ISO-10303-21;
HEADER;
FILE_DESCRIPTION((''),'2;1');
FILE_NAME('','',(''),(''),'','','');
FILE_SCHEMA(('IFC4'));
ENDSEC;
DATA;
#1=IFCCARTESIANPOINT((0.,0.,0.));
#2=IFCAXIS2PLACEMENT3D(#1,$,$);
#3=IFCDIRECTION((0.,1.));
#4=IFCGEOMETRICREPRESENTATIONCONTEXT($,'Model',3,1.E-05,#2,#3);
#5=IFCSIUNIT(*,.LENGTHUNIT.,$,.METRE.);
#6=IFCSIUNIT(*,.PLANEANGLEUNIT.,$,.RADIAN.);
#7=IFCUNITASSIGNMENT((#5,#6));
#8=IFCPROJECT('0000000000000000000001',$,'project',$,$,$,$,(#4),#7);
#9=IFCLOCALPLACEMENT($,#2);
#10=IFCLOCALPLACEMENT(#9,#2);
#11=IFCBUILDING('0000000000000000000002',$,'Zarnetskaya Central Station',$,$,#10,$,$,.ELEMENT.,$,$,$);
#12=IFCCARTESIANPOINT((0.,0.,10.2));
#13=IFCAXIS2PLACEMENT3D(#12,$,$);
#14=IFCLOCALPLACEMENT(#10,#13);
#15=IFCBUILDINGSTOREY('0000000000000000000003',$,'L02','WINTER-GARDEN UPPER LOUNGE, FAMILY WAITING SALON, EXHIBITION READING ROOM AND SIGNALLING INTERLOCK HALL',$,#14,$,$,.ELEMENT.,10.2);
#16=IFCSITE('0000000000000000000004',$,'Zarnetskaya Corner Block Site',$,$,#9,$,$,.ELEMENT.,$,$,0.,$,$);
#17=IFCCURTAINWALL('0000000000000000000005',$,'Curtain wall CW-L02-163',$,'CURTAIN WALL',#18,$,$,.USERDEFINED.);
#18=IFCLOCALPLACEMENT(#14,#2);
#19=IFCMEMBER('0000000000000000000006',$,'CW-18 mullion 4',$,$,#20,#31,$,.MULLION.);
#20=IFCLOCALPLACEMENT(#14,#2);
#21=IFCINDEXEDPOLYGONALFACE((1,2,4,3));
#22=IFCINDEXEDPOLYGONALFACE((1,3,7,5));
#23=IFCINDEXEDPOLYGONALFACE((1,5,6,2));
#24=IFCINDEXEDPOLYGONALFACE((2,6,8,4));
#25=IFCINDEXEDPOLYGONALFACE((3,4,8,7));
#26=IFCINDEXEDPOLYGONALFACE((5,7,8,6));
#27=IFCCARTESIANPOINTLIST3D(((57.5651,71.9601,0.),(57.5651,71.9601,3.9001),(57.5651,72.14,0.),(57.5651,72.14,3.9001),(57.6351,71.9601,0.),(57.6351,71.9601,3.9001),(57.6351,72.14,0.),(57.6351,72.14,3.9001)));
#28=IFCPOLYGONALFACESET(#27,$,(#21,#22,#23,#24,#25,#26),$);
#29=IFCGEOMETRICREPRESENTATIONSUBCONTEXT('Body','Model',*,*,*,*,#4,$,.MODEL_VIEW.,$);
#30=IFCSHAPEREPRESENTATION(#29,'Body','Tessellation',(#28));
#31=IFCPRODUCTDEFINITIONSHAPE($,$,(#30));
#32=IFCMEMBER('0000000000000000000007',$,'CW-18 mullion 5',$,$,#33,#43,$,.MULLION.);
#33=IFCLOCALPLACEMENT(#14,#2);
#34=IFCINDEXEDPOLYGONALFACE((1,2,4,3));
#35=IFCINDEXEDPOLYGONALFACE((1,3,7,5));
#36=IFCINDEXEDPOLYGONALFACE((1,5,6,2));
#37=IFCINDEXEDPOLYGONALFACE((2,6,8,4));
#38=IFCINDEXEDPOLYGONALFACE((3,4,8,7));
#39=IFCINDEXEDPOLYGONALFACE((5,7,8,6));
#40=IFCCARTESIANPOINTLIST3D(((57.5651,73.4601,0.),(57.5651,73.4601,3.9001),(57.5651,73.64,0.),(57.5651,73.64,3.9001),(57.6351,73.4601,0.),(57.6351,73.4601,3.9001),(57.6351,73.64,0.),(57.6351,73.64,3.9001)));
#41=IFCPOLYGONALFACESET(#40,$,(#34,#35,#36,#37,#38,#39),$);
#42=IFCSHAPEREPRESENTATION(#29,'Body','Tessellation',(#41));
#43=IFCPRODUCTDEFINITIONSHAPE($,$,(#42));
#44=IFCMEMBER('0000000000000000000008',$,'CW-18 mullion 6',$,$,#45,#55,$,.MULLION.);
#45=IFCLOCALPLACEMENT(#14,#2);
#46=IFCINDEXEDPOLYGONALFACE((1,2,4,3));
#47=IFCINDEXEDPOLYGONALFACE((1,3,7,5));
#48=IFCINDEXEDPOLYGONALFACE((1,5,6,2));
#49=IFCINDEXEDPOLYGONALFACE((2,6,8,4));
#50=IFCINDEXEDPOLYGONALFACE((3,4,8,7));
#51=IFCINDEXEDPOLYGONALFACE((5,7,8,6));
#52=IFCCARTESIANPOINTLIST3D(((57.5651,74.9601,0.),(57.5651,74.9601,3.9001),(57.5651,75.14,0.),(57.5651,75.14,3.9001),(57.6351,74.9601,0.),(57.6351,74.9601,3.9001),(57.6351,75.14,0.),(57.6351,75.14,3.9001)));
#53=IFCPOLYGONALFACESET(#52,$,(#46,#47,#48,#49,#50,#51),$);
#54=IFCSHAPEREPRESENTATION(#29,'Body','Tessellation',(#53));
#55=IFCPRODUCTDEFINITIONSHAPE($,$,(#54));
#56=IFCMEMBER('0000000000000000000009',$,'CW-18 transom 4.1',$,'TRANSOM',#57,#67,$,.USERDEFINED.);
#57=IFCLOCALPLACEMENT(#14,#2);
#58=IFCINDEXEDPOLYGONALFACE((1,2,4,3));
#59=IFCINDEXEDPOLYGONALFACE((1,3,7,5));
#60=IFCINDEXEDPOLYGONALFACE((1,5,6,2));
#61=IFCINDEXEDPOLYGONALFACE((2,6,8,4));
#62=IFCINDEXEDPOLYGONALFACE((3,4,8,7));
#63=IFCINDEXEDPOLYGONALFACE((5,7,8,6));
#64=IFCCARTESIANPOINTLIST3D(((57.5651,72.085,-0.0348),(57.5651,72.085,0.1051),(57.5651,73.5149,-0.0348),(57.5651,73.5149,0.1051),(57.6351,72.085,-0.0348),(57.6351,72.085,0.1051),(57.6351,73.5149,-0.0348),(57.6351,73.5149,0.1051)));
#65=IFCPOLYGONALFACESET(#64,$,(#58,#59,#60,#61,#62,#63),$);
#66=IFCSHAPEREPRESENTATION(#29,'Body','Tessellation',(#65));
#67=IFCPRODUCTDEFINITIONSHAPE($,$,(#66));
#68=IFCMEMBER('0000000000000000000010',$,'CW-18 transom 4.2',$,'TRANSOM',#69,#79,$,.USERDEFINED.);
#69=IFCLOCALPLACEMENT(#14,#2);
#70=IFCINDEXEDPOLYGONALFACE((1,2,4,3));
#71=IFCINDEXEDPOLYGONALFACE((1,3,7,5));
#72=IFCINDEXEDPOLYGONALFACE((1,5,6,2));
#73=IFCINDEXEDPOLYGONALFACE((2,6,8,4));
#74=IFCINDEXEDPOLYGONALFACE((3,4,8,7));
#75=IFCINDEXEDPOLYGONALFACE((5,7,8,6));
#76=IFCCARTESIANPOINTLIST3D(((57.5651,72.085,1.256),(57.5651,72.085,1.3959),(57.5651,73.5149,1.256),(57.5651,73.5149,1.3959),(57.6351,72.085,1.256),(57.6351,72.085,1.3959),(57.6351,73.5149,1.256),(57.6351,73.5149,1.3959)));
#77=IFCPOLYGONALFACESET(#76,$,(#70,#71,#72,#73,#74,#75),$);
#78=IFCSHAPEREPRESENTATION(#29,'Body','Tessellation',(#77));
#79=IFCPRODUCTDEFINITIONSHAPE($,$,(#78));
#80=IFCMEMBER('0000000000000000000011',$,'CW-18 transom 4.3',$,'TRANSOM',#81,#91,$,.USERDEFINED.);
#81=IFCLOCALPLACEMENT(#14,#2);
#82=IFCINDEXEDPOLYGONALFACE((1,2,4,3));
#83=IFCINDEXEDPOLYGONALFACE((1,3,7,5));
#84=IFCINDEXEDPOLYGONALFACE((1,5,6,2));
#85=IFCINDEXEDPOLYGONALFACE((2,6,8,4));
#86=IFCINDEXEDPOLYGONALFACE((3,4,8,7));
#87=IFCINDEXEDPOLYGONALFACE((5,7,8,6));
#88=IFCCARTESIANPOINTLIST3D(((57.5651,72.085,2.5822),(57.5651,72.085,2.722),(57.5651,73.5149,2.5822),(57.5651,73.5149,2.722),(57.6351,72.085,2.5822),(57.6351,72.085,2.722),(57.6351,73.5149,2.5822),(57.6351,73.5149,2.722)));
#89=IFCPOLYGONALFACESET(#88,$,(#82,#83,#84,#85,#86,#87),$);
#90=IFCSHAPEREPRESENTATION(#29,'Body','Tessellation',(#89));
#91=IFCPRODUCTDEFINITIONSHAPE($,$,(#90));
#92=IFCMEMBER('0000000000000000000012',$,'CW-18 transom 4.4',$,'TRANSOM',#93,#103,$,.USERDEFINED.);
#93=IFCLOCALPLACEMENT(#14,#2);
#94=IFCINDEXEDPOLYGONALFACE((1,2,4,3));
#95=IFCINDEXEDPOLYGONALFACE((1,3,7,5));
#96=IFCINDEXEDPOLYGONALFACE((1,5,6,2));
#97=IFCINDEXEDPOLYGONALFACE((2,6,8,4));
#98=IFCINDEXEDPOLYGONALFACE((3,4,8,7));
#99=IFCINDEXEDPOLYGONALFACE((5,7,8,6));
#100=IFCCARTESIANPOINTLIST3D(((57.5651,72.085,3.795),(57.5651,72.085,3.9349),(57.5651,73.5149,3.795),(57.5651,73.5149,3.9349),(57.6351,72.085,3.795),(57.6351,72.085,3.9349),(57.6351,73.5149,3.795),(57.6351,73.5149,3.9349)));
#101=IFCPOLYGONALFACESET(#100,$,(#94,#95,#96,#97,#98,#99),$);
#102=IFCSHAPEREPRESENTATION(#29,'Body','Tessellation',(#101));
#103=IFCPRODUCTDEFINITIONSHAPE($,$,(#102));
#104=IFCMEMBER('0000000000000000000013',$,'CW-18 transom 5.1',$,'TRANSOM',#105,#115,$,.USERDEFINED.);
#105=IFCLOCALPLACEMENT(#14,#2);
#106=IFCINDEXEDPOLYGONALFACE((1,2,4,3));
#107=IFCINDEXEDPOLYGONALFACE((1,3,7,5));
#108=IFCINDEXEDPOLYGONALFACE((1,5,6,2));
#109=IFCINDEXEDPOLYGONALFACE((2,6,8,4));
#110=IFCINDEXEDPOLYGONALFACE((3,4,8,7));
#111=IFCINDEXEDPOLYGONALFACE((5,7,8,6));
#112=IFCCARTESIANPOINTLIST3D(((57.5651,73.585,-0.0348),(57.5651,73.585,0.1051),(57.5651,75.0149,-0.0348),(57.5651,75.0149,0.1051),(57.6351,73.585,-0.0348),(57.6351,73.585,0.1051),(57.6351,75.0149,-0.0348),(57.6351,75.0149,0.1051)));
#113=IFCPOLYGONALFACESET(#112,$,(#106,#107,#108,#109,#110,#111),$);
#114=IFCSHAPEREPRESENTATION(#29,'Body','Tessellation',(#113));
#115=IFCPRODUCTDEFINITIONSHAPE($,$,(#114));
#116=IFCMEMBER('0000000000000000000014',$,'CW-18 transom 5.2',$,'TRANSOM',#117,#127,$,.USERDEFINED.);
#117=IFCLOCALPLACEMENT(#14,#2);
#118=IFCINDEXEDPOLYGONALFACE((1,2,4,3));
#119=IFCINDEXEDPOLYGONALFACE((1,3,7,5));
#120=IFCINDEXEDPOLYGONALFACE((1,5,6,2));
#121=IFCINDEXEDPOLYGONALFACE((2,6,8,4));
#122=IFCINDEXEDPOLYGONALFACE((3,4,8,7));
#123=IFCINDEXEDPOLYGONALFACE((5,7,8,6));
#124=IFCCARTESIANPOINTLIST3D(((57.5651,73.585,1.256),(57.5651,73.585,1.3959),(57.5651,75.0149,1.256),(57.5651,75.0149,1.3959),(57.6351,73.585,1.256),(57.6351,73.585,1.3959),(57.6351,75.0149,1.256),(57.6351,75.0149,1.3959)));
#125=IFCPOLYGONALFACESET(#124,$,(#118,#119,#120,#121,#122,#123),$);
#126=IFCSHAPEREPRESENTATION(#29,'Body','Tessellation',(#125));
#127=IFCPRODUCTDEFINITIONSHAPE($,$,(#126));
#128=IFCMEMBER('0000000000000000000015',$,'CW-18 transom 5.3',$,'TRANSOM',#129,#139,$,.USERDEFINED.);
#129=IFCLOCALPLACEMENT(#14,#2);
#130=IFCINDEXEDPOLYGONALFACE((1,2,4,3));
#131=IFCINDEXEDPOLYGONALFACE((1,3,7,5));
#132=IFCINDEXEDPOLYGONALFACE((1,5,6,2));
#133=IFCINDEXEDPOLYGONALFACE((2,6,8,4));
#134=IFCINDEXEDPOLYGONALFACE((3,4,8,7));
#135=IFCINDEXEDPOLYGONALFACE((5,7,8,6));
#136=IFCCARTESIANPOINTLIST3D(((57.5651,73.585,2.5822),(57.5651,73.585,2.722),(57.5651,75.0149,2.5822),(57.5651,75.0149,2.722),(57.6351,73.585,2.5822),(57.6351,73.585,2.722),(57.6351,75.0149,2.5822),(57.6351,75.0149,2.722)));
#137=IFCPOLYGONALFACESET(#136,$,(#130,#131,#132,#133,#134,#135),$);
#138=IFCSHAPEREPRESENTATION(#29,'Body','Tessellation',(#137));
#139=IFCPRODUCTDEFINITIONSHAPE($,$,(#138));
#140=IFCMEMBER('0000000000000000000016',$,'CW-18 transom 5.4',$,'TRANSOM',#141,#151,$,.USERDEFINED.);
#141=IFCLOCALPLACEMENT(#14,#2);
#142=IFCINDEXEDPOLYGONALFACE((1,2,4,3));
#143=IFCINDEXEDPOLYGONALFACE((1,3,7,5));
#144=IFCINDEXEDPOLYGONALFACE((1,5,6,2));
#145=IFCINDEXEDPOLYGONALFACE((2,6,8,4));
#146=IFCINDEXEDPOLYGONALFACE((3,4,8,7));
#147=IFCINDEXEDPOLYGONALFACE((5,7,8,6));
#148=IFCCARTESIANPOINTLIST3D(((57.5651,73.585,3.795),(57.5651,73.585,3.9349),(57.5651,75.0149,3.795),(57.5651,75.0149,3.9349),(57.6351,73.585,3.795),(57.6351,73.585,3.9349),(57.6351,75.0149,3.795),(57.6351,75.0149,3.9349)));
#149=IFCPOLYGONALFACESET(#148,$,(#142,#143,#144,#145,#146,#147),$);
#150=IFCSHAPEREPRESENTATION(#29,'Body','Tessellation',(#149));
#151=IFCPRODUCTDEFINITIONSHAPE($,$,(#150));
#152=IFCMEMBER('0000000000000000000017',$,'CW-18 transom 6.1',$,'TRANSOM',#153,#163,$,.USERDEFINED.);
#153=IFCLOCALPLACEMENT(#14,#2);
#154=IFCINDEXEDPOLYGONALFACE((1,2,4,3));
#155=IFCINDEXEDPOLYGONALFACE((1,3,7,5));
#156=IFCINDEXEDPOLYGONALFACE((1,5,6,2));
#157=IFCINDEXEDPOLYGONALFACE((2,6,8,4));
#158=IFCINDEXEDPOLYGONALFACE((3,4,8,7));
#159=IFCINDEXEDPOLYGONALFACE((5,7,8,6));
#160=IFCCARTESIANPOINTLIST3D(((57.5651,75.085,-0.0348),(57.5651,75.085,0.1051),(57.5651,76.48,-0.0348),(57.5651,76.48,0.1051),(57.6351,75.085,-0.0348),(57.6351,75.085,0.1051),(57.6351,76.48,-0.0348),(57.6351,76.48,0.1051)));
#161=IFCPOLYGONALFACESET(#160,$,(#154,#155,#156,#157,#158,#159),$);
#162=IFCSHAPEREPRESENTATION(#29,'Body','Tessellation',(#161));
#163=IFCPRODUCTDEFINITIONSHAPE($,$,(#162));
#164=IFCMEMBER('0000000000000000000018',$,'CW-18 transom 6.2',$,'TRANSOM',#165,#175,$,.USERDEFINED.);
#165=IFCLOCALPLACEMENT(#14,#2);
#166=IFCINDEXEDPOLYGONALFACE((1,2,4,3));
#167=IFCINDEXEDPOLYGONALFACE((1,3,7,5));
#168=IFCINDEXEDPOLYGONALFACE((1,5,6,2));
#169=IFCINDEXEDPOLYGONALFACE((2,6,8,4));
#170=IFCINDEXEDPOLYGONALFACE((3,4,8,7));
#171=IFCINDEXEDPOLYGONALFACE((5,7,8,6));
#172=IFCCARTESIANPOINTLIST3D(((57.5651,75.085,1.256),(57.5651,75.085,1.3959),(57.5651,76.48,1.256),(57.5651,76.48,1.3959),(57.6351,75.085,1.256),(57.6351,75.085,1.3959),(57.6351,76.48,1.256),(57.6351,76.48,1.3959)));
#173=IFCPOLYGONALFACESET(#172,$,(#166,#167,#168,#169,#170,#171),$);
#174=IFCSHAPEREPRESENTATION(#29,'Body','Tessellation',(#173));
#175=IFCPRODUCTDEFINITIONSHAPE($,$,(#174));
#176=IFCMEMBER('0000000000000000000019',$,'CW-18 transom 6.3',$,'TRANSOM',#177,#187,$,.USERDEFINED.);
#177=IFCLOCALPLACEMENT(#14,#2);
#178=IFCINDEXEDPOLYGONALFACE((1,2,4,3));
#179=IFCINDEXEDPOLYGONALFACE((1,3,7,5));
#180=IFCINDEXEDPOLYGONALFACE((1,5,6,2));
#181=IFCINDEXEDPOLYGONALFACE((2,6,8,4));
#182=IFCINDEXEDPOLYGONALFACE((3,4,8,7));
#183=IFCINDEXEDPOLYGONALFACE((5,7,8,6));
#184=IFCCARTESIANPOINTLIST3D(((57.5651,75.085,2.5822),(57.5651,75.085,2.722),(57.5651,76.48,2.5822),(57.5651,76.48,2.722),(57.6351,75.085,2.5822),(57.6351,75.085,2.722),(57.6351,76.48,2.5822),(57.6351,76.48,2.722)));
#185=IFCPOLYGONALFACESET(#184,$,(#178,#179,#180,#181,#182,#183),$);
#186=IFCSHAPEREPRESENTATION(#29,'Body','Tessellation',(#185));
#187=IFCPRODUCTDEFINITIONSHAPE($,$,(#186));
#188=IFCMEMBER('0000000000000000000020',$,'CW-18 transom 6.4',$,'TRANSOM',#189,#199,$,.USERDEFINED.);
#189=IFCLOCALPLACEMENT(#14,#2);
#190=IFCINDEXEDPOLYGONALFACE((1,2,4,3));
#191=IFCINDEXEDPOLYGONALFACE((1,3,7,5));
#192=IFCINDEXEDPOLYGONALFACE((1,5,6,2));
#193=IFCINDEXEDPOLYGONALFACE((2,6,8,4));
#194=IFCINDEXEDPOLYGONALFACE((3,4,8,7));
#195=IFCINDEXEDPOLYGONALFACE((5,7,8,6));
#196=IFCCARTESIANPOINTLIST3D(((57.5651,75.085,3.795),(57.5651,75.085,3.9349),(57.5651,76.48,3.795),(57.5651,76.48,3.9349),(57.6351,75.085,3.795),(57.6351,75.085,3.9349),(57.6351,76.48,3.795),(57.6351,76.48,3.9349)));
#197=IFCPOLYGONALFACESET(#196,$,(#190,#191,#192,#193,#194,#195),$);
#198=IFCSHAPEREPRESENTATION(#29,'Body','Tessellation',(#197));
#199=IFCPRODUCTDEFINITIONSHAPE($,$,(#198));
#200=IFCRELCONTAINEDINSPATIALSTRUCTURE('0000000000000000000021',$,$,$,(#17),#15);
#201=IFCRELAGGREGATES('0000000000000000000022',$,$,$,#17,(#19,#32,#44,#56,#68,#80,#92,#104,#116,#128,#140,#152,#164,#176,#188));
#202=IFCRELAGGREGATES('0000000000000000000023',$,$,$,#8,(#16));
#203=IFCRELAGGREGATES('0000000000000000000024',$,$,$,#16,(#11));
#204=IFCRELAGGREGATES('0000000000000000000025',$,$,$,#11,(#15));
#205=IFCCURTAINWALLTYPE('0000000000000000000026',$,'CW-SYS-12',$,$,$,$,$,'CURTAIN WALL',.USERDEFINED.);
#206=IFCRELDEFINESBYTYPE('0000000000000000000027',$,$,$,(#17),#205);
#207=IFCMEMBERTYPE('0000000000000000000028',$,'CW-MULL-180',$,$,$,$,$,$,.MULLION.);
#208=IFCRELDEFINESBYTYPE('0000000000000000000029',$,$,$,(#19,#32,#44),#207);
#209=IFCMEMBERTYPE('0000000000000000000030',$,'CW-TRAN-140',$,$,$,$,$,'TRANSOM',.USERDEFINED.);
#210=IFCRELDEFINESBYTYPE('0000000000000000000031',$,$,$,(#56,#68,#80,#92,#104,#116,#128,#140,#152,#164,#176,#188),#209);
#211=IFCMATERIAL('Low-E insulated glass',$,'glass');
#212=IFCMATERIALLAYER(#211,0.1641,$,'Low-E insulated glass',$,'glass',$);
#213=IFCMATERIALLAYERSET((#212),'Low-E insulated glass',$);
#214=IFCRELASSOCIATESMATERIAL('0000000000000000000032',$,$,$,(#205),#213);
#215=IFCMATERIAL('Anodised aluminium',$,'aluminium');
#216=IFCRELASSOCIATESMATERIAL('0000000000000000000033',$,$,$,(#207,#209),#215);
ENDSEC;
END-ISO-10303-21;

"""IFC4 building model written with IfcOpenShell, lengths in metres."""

from ifc_helpers import new_model, si_unit, direction, frame, origin, origin_2d, place, context, subcontext, project, spatial, rectangle, extrude, material, layer, layer_set, material_profile, profile_set, type_object, element, aggregate, save


model = new_model("IFC4")

# Units and contexts
model_context = context("Model", 3, precision=1e-05, world=origin(), true_north=direction((0.0, 1.0)))
body_context = subcontext(model_context, "Body", "Model", "MODEL_VIEW")
ifc_project = project(units=[si_unit("LENGTHUNIT", "METRE"), si_unit("PLANEANGLEUNIT", "RADIAN")], contexts=[model_context])

# Site, building, storey
site_placement = place(None, origin())
site = spatial("IfcSite", under=ifc_project, at=site_placement, Name="Zarnetskaya Corner Block Site", CompositionType="ELEMENT", RefElevation=0.0)
building_placement = place(site_placement, origin())
building = spatial("IfcBuilding", under=site, at=building_placement, Name="Zarnetskaya Central Station", CompositionType="ELEMENT")
storey_placement = place(building_placement, frame((0.0, 0.0, 10.2)))
storey = spatial("IfcBuildingStorey", under=building, at=storey_placement, Name="L02", Description="WINTER-GARDEN UPPER LOUNGE, FAMILY WAITING SALON, EXHIBITION READING ROOM AND SIGNALLING INTERLOCK HALL", CompositionType="ELEMENT", Elevation=10.2)

# Curtain wall, members
ifc_material_1 = material(Name="Low-E insulated glass", Category="glass")
ifc_layer_1 = layer(ifc_material_1, 0.1641, Name="Low-E insulated glass", Category="glass")
ifc_layer_set_1 = layer_set([ifc_layer_1], Name="Low-E insulated glass")
curtain_wall_type = type_object("IfcCurtainWallType", Name="CW-SYS-12", ElementType="CURTAIN WALL", PredefinedType="USERDEFINED", material=ifc_layer_set_1)
curtain_wall_placement = place(storey_placement, origin())
curtain_wall = element("IfcCurtainWall", 1, at=curtain_wall_placement, inside=storey, type_object=curtain_wall_type, Name="Curtain wall CW-L02-163", ObjectType="CURTAIN WALL", PredefinedType="USERDEFINED")
ifc_material_2 = material(Name="Anodised aluminium", Category="aluminium")
ifc_material_profile_1 = material_profile(ifc_material_2, rectangle(XDim=0.0701, YDim=0.1799, at=origin_2d()), Name="ALU MULL 70x180")
ifc_profile_set_1 = profile_set([ifc_material_profile_1], Name="Anodised aluminium")
member_type_1 = type_object("IfcMemberType", Name="CW-MULL-180", PredefinedType="MULLION", material=ifc_profile_set_1)
member_1_placement = place(storey_placement, frame((57.6001, 72.05, 0.0), z_axis=(0.0, 0.0, 1.0), x_axis=(-1.0, 0.0, 0.0)))
member_1 = element("IfcMember", 2, at=member_1_placement, type_object=member_type_1, Name="CW-18 mullion 4", PredefinedType="MULLION", context=body_context, shape_type="SweptSolid", body=[
    extrude(rectangle(XDim=0.0701, YDim=0.1799, at=origin_2d()), origin(), (0.0, 0.0, 1.0), 3.9001),
])
member_2_placement = place(storey_placement, frame((57.6001, 73.55, 0.0), z_axis=(0.0, 0.0, 1.0), x_axis=(-1.0, 0.0, 0.0)))
member_2 = element("IfcMember", 3, at=member_2_placement, type_object=member_type_1, Name="CW-18 mullion 5", PredefinedType="MULLION", context=body_context, shape_type="SweptSolid", body=[
    extrude(rectangle(XDim=0.0701, YDim=0.1799, at=origin_2d()), origin(), (0.0, 0.0, 1.0), 3.9001),
])
member_3_placement = place(storey_placement, frame((57.6001, 75.05, 0.0), z_axis=(0.0, 0.0, 1.0), x_axis=(-1.0, 0.0, 0.0)))
member_3 = element("IfcMember", 4, at=member_3_placement, type_object=member_type_1, Name="CW-18 mullion 6", PredefinedType="MULLION", context=body_context, shape_type="SweptSolid", body=[
    extrude(rectangle(XDim=0.0701, YDim=0.1799, at=origin_2d()), origin(), (0.0, 0.0, 1.0), 3.9001),
])
ifc_material_profile_2 = material_profile(ifc_material_2, rectangle(XDim=0.0701, YDim=0.1399, at=origin_2d()), Name="ALU TRAN 70x140")
ifc_profile_set_2 = profile_set([ifc_material_profile_2], Name="Anodised aluminium")
member_type_2 = type_object("IfcMemberType", Name="CW-TRAN-140", ElementType="TRANSOM", PredefinedType="USERDEFINED", material=ifc_profile_set_2)
member_4_placement = place(storey_placement, frame((57.6001, 72.085, 0.0352), z_axis=(0.0, 1.0, 0.0), x_axis=(-1.0, 0.0, 0.0)))
member_4 = element("IfcMember", 5, at=member_4_placement, type_object=member_type_2, Name="CW-18 transom 4.1", ObjectType="TRANSOM", PredefinedType="USERDEFINED", context=body_context, shape_type="SweptSolid", body=[
    extrude(rectangle(XDim=0.0701, YDim=0.1399, at=origin_2d()), origin(), (0.0, 0.0, 1.0), 1.4299),
])
member_5_placement = place(storey_placement, frame((57.6001, 72.085, 1.3259), z_axis=(0.0, 1.0, 0.0), x_axis=(-1.0, 0.0, 0.0)))
member_5 = element("IfcMember", 6, at=member_5_placement, type_object=member_type_2, Name="CW-18 transom 4.2", ObjectType="TRANSOM", PredefinedType="USERDEFINED", context=body_context, shape_type="SweptSolid", body=[
    extrude(rectangle(XDim=0.0701, YDim=0.1399, at=origin_2d()), origin(), (0.0, 0.0, 1.0), 1.4299),
])
member_6_placement = place(storey_placement, frame((57.6001, 72.085, 2.6521), z_axis=(0.0, 1.0, 0.0), x_axis=(-1.0, 0.0, 0.0)))
member_6 = element("IfcMember", 7, at=member_6_placement, type_object=member_type_2, Name="CW-18 transom 4.3", ObjectType="TRANSOM", PredefinedType="USERDEFINED", context=body_context, shape_type="SweptSolid", body=[
    extrude(rectangle(XDim=0.0701, YDim=0.1399, at=origin_2d()), origin(), (0.0, 0.0, 1.0), 1.4299),
])
member_7_placement = place(storey_placement, frame((57.6001, 72.085, 3.865), z_axis=(0.0, 1.0, 0.0), x_axis=(-1.0, 0.0, 0.0)))
member_7 = element("IfcMember", 8, at=member_7_placement, type_object=member_type_2, Name="CW-18 transom 4.4", ObjectType="TRANSOM", PredefinedType="USERDEFINED", context=body_context, shape_type="SweptSolid", body=[
    extrude(rectangle(XDim=0.0701, YDim=0.1399, at=origin_2d()), origin(), (0.0, 0.0, 1.0), 1.4299),
])
member_8_placement = place(storey_placement, frame((57.6001, 73.585, 0.0352), z_axis=(0.0, 1.0, 0.0), x_axis=(-1.0, 0.0, 0.0)))
member_8 = element("IfcMember", 9, at=member_8_placement, type_object=member_type_2, Name="CW-18 transom 5.1", ObjectType="TRANSOM", PredefinedType="USERDEFINED", context=body_context, shape_type="SweptSolid", body=[
    extrude(rectangle(XDim=0.0701, YDim=0.1399, at=origin_2d()), origin(), (0.0, 0.0, 1.0), 1.4299),
])
member_9_placement = place(storey_placement, frame((57.6001, 73.585, 1.3259), z_axis=(0.0, 1.0, 0.0), x_axis=(-1.0, 0.0, 0.0)))
member_9 = element("IfcMember", 10, at=member_9_placement, type_object=member_type_2, Name="CW-18 transom 5.2", ObjectType="TRANSOM", PredefinedType="USERDEFINED", context=body_context, shape_type="SweptSolid", body=[
    extrude(rectangle(XDim=0.0701, YDim=0.1399, at=origin_2d()), origin(), (0.0, 0.0, 1.0), 1.4299),
])
member_10_placement = place(storey_placement, frame((57.6001, 73.585, 2.6521), z_axis=(0.0, 1.0, 0.0), x_axis=(-1.0, 0.0, 0.0)))
member_10 = element("IfcMember", 11, at=member_10_placement, type_object=member_type_2, Name="CW-18 transom 5.3", ObjectType="TRANSOM", PredefinedType="USERDEFINED", context=body_context, shape_type="SweptSolid", body=[
    extrude(rectangle(XDim=0.0701, YDim=0.1399, at=origin_2d()), origin(), (0.0, 0.0, 1.0), 1.4299),
])
member_11_placement = place(storey_placement, frame((57.6001, 73.585, 3.865), z_axis=(0.0, 1.0, 0.0), x_axis=(-1.0, 0.0, 0.0)))
member_11 = element("IfcMember", 12, at=member_11_placement, type_object=member_type_2, Name="CW-18 transom 5.4", ObjectType="TRANSOM", PredefinedType="USERDEFINED", context=body_context, shape_type="SweptSolid", body=[
    extrude(rectangle(XDim=0.0701, YDim=0.1399, at=origin_2d()), origin(), (0.0, 0.0, 1.0), 1.4299),
])
member_12_placement = place(storey_placement, frame((57.6001, 75.085, 0.0352), z_axis=(0.0, 1.0, 0.0), x_axis=(-1.0, 0.0, 0.0)))
member_12 = element("IfcMember", 13, at=member_12_placement, type_object=member_type_2, Name="CW-18 transom 6.1", ObjectType="TRANSOM", PredefinedType="USERDEFINED", context=body_context, shape_type="SweptSolid", body=[
    extrude(rectangle(XDim=0.0701, YDim=0.1399, at=origin_2d()), origin(), (0.0, 0.0, 1.0), 1.395),
])
member_13_placement = place(storey_placement, frame((57.6001, 75.085, 1.3259), z_axis=(0.0, 1.0, 0.0), x_axis=(-1.0, 0.0, 0.0)))
member_13 = element("IfcMember", 14, at=member_13_placement, type_object=member_type_2, Name="CW-18 transom 6.2", ObjectType="TRANSOM", PredefinedType="USERDEFINED", context=body_context, shape_type="SweptSolid", body=[
    extrude(rectangle(XDim=0.0701, YDim=0.1399, at=origin_2d()), origin(), (0.0, 0.0, 1.0), 1.395),
])
member_14_placement = place(storey_placement, frame((57.6001, 75.085, 2.6521), z_axis=(0.0, 1.0, 0.0), x_axis=(-1.0, 0.0, 0.0)))
member_14 = element("IfcMember", 15, at=member_14_placement, type_object=member_type_2, Name="CW-18 transom 6.3", ObjectType="TRANSOM", PredefinedType="USERDEFINED", context=body_context, shape_type="SweptSolid", body=[
    extrude(rectangle(XDim=0.0701, YDim=0.1399, at=origin_2d()), origin(), (0.0, 0.0, 1.0), 1.395),
])
member_15_placement = place(storey_placement, frame((57.6001, 75.085, 3.865), z_axis=(0.0, 1.0, 0.0), x_axis=(-1.0, 0.0, 0.0)))
member_15 = element("IfcMember", 16, at=member_15_placement, type_object=member_type_2, Name="CW-18 transom 6.4", ObjectType="TRANSOM", PredefinedType="USERDEFINED", context=body_context, shape_type="SweptSolid", body=[
    extrude(rectangle(XDim=0.0701, YDim=0.1399, at=origin_2d()), origin(), (0.0, 0.0, 1.0), 1.395),
])
aggregate(curtain_wall, [member_1, member_2, member_3, member_4, member_5, member_6, member_7, member_8, member_9, member_10, member_11, member_12, member_13, member_14, member_15])

save(model, "model.ifc")
